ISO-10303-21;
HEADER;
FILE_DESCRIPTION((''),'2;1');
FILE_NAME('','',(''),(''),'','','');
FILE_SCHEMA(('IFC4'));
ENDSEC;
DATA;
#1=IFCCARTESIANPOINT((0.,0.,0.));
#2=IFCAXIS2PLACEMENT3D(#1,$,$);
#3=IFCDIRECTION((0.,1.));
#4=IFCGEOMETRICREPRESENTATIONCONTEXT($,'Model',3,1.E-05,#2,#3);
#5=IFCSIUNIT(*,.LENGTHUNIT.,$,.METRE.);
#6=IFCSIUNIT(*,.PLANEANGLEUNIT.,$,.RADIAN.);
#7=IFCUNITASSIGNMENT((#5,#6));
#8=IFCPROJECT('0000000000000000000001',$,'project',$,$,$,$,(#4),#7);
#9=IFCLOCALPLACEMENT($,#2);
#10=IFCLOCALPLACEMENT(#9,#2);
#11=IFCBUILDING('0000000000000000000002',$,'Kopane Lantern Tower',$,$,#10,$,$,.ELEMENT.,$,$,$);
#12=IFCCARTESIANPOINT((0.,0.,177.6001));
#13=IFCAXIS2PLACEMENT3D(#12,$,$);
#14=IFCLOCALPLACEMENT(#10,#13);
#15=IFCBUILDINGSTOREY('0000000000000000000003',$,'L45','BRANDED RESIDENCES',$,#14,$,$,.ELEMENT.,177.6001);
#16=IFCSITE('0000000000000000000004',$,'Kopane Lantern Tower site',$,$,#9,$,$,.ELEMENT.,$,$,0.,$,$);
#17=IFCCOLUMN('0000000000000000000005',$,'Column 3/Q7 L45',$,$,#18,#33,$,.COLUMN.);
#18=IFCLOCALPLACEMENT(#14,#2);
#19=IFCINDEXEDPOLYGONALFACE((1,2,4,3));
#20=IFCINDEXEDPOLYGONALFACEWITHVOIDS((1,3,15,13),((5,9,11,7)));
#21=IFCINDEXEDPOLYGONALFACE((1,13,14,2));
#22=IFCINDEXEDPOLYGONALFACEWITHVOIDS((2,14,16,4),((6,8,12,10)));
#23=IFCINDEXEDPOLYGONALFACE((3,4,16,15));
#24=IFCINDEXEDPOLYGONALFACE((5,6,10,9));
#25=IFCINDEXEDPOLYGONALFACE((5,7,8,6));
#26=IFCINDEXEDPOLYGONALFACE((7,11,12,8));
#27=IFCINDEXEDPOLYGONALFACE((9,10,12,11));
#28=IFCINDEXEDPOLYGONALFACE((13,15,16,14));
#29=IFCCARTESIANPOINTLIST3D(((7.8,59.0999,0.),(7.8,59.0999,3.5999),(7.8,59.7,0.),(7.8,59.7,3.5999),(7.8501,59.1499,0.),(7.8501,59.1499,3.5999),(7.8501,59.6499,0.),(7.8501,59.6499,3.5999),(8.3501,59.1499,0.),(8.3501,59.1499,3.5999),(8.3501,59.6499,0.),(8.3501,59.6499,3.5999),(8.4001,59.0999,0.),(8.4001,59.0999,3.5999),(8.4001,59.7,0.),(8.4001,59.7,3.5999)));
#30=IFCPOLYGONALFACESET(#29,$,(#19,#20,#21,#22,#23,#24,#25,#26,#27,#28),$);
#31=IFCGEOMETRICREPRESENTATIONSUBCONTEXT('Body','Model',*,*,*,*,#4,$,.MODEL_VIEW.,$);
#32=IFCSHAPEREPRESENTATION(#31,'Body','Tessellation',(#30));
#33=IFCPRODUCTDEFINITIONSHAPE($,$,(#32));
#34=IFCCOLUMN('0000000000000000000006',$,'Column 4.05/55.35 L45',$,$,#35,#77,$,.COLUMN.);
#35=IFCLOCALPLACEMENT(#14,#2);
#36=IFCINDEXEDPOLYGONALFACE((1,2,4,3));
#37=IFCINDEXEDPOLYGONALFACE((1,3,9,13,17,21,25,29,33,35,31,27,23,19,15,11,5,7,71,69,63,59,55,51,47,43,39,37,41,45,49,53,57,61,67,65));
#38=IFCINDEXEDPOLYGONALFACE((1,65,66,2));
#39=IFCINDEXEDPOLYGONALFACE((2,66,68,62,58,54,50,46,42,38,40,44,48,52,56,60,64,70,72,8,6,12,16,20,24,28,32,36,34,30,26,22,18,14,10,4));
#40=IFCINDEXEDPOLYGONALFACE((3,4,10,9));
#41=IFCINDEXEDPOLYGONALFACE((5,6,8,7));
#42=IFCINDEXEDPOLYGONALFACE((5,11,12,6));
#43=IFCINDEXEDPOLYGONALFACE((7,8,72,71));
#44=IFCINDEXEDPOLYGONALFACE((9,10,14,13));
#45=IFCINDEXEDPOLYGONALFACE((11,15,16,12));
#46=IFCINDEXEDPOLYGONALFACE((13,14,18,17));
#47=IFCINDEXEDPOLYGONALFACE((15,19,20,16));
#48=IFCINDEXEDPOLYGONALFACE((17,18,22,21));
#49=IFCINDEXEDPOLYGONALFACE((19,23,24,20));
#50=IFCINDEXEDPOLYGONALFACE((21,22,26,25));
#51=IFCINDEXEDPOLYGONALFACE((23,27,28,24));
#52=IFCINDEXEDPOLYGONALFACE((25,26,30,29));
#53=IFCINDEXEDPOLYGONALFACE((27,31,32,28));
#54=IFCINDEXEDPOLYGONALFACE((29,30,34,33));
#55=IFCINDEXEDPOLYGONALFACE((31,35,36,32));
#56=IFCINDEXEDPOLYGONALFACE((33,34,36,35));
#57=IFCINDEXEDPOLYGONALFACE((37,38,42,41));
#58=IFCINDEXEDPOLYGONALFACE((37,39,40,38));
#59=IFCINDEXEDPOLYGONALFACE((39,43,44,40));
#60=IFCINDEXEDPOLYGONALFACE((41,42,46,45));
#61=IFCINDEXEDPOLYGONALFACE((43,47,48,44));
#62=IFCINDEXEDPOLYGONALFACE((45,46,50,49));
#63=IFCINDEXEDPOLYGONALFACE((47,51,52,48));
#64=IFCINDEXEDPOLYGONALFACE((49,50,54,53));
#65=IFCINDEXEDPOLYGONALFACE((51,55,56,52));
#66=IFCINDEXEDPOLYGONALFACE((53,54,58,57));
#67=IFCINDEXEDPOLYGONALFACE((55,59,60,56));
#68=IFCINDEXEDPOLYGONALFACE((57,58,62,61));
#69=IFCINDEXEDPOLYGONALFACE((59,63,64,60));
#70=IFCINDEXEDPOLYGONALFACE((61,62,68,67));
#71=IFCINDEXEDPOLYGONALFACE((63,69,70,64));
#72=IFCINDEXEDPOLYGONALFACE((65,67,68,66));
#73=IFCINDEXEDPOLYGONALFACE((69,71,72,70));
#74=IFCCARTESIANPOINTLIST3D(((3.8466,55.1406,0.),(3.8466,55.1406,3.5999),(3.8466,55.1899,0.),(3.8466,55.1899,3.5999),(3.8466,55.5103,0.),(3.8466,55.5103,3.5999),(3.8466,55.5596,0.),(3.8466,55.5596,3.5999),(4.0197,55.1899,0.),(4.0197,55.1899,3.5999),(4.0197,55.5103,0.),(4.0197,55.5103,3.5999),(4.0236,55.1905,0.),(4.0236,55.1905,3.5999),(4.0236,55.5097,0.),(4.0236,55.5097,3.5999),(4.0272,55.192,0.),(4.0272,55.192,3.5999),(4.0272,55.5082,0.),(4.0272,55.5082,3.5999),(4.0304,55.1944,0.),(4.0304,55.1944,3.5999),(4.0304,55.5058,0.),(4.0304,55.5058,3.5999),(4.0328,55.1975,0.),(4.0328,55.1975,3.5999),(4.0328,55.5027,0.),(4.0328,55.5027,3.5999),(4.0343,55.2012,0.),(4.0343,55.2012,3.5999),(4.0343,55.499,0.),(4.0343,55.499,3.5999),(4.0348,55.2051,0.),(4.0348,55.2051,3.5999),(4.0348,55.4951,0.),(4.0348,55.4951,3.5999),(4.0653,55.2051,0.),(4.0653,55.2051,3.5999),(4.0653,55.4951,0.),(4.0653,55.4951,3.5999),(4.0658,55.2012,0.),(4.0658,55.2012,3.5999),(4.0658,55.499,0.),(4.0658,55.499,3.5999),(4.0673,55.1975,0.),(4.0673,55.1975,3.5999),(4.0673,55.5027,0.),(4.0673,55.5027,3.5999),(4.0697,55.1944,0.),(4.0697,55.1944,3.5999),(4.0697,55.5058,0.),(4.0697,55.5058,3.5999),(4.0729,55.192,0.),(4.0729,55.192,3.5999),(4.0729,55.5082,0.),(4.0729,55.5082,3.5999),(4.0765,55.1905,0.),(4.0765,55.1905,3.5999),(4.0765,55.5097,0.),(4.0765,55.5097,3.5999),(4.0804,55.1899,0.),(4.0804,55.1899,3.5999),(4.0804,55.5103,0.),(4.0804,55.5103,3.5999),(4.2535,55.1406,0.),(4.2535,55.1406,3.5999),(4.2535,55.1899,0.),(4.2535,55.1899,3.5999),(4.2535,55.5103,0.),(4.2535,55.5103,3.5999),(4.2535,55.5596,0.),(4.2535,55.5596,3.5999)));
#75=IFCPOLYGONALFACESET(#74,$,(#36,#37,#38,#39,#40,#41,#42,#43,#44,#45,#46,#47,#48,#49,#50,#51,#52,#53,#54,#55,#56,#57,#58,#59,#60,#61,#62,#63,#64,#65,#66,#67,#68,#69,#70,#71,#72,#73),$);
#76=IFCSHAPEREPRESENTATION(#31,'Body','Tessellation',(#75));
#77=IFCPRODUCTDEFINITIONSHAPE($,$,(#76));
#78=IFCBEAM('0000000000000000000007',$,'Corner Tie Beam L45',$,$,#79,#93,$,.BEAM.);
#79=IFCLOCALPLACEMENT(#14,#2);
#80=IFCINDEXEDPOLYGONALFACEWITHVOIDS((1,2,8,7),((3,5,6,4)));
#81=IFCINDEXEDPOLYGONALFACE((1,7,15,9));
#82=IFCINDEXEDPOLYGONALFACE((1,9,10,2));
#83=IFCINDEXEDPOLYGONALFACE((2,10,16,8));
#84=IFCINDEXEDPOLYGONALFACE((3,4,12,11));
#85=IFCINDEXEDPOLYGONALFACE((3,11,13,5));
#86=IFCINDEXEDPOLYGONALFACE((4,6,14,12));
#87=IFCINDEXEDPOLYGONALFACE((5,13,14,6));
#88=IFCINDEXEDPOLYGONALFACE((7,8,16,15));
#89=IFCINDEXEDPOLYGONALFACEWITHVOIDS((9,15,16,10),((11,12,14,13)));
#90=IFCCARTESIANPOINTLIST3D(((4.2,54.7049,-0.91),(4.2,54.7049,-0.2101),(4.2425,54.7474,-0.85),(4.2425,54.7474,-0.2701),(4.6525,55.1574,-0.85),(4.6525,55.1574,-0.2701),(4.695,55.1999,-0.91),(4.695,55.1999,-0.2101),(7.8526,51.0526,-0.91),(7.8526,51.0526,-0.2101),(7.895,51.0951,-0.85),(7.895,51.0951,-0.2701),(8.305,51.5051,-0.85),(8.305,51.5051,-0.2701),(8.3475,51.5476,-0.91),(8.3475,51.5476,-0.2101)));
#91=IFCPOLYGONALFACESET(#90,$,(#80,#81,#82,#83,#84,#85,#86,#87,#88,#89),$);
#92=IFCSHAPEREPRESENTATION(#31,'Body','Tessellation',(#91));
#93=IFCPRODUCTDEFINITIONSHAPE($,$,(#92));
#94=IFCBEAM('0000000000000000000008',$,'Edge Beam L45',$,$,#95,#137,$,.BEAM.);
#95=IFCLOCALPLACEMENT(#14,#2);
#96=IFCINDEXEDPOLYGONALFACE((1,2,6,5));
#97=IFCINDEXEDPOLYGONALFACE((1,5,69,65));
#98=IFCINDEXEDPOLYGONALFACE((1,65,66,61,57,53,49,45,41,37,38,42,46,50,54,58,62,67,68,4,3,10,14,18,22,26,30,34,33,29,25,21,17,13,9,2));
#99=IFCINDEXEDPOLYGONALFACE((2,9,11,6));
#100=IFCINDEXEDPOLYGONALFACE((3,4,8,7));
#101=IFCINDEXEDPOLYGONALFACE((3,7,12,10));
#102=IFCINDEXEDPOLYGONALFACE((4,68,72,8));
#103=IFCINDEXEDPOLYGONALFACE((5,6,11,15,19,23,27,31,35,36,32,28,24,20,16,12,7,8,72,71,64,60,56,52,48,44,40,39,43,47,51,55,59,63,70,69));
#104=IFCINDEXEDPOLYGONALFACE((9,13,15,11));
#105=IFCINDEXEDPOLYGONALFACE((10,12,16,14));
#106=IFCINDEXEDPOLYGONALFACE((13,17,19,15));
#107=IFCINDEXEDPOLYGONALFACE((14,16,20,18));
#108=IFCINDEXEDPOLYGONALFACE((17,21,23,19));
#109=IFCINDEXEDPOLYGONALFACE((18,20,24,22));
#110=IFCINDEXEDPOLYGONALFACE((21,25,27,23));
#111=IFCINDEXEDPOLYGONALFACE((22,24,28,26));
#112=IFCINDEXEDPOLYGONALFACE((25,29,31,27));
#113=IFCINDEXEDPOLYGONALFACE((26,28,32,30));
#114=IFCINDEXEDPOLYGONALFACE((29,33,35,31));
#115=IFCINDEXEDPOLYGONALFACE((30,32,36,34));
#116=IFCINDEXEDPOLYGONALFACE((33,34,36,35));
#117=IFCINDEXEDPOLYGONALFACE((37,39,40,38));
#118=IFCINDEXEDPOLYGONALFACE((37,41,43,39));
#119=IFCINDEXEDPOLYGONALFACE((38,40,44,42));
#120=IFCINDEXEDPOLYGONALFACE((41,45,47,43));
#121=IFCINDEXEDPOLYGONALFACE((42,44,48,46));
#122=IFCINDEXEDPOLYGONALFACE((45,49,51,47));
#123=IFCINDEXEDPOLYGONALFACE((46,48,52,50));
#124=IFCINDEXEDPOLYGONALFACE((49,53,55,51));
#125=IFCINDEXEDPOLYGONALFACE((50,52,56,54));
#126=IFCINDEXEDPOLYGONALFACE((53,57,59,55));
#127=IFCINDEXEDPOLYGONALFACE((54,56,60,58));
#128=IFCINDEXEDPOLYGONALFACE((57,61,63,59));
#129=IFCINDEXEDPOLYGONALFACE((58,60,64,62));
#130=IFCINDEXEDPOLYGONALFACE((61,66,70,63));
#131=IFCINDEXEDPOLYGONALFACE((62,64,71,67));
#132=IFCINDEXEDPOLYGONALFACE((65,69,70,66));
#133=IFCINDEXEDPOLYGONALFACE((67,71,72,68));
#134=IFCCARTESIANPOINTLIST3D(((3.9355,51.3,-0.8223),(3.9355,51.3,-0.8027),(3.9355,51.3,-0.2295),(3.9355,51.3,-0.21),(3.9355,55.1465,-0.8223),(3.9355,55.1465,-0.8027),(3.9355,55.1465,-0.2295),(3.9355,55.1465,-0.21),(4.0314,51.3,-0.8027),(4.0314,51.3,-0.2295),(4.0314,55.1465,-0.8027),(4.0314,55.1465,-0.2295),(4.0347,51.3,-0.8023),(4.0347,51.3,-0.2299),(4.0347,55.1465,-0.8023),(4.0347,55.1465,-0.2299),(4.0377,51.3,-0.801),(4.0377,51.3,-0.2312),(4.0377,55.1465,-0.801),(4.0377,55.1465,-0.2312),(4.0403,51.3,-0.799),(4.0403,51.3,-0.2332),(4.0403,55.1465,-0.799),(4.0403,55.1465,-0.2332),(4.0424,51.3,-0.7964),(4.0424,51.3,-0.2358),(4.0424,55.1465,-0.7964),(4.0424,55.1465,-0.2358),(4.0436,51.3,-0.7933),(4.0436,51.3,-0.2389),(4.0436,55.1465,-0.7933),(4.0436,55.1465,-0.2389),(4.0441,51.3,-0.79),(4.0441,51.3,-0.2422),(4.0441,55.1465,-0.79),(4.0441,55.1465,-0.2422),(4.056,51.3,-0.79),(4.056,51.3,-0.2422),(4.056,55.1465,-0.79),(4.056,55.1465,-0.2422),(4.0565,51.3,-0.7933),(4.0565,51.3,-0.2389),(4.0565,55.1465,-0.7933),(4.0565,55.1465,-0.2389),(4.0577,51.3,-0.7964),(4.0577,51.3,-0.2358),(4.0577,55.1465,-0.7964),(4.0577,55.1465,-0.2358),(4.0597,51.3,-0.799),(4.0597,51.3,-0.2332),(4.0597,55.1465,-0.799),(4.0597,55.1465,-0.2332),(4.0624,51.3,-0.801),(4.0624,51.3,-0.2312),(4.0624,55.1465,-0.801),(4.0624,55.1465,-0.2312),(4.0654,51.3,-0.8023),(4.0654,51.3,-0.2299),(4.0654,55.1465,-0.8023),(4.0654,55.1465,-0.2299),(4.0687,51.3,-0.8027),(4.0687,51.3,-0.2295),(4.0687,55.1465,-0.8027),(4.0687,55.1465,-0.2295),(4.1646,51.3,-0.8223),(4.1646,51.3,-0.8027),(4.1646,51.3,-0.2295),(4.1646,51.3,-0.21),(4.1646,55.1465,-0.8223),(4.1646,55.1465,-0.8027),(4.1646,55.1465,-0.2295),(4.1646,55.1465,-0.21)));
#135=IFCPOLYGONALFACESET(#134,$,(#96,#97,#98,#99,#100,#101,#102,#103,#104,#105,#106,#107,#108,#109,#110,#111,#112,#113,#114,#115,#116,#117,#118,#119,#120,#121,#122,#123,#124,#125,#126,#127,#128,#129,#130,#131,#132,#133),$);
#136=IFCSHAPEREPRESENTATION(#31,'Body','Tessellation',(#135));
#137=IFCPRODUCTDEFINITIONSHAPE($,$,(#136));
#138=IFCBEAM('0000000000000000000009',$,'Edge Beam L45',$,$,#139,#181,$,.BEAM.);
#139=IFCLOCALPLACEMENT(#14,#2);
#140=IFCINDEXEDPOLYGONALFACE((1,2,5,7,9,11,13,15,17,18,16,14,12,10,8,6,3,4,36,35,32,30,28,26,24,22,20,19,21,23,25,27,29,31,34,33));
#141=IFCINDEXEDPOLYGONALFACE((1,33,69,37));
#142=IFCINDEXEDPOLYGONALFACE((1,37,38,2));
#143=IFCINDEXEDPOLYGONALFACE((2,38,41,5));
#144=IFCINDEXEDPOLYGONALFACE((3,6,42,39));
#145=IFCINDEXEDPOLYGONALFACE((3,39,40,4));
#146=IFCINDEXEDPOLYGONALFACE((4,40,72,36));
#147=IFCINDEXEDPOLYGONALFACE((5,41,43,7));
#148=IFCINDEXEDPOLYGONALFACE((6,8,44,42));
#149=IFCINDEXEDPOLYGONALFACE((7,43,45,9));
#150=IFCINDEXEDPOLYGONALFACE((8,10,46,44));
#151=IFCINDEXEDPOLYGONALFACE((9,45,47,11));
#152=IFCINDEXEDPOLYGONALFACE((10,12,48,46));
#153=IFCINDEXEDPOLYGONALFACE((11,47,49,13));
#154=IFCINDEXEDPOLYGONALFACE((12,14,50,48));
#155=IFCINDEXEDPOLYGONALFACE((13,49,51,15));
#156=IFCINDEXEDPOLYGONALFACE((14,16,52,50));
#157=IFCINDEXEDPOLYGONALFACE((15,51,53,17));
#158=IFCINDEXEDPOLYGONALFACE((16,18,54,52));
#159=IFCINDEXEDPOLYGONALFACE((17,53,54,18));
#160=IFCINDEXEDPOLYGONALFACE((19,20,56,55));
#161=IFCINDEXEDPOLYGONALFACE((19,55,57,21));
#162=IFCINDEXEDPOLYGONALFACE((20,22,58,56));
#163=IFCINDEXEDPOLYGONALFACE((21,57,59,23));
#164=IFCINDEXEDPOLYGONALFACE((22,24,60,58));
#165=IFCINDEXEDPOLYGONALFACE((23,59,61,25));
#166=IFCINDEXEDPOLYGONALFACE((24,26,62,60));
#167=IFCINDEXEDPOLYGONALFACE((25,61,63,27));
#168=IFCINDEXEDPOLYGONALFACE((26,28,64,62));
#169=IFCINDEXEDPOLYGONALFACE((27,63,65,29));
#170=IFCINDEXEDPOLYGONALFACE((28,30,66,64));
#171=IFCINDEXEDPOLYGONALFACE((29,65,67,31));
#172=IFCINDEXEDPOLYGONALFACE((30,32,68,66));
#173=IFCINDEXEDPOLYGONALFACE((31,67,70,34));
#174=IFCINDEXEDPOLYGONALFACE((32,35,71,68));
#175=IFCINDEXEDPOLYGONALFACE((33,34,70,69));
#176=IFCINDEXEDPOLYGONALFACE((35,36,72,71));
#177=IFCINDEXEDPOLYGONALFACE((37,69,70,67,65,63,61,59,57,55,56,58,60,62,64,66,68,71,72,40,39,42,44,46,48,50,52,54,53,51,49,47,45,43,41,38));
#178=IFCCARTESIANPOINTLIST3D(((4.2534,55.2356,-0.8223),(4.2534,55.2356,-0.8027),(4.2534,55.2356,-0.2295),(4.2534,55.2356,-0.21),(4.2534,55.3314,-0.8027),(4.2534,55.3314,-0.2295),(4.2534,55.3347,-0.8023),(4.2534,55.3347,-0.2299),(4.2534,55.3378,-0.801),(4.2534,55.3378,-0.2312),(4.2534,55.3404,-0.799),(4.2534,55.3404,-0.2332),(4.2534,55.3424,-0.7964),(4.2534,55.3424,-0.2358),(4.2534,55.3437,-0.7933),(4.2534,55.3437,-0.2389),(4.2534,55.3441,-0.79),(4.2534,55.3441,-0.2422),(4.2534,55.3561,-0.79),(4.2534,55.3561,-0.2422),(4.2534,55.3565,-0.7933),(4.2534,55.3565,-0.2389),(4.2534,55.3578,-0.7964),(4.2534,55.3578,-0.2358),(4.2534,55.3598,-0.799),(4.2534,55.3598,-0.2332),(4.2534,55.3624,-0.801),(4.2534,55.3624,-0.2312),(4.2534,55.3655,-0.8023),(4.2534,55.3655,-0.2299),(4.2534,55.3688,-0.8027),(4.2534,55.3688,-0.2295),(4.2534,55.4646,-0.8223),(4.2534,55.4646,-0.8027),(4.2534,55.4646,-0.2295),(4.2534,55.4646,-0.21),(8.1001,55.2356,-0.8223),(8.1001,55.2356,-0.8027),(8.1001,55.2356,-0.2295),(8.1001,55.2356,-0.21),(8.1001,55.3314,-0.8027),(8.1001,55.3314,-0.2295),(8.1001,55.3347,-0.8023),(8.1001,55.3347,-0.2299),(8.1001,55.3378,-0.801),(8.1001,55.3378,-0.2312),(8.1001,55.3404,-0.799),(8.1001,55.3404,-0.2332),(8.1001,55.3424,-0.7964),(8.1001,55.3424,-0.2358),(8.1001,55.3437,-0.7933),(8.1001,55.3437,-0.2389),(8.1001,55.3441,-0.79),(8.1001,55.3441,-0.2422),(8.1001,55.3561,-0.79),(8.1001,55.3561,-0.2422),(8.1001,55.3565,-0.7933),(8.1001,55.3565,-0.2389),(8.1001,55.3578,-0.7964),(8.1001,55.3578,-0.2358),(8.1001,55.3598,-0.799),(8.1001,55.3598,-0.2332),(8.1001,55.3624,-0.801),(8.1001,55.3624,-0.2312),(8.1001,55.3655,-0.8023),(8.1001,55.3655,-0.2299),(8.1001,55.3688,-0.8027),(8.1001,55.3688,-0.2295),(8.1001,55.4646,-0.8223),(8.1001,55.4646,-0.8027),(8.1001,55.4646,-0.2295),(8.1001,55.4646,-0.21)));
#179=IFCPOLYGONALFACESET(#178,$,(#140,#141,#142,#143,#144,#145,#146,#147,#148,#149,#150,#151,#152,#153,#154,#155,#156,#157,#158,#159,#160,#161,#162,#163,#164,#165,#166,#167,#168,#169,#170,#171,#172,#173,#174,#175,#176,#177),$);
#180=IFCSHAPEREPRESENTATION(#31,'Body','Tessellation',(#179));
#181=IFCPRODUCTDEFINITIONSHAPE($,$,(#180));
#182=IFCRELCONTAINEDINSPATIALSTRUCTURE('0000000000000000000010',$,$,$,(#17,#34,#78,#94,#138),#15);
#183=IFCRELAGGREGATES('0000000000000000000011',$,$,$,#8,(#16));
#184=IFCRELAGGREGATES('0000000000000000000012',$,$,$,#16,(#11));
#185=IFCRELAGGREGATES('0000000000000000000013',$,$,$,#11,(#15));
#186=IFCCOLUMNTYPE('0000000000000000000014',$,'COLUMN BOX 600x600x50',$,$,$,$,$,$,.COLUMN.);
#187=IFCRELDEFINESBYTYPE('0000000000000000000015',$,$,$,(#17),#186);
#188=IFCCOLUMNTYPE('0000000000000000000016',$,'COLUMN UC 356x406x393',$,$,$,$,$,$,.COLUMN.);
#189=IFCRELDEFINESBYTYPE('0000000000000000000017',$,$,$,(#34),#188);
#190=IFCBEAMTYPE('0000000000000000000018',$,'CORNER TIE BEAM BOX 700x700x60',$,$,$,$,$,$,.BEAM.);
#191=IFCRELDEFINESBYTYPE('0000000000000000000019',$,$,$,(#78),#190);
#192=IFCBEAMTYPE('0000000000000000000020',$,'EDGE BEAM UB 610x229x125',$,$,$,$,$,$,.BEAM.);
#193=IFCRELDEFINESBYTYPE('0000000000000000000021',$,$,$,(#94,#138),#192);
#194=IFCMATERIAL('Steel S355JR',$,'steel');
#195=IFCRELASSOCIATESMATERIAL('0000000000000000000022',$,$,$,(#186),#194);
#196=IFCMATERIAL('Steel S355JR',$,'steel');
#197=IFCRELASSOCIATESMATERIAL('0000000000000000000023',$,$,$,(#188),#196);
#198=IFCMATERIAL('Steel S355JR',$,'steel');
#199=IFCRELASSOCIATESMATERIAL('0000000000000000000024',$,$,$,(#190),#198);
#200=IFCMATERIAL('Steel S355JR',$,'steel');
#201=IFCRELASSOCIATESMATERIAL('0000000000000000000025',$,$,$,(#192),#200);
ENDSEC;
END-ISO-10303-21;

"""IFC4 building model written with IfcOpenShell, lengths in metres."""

from ifc_helpers import new_model, si_unit, direction, frame, origin, origin_2d, place, context, subcontext, project, spatial, hollow_rectangle, i_section, extrude, material, material_profile, profile_set, type_object, element, save


model = new_model("IFC4")

# Units and contexts
model_context = context("Model", 3, precision=1e-05, world=origin(), true_north=direction((0.0, 1.0)))
body_context = subcontext(model_context, "Body", "Model", "MODEL_VIEW")
ifc_project = project(units=[si_unit("LENGTHUNIT", "METRE"), si_unit("PLANEANGLEUNIT", "RADIAN")], contexts=[model_context])

# Site, building, storey
site_placement = place(None, origin())
site = spatial("IfcSite", under=ifc_project, at=site_placement, Name="Kopane Lantern Tower site", CompositionType="ELEMENT", RefElevation=0.0)
building_placement = place(site_placement, origin())
building = spatial("IfcBuilding", under=site, at=building_placement, Name="Kopane Lantern Tower", CompositionType="ELEMENT")
storey_placement = place(building_placement, frame((0.0, 0.0, 177.6001)))
storey = spatial("IfcBuildingStorey", under=building, at=storey_placement, Name="L45", Description="BRANDED RESIDENCES", CompositionType="ELEMENT", Elevation=177.6001)

# Columns
ifc_material_1 = material(Name="Steel S355JR", Category="steel")
ifc_material_profile_1 = material_profile(ifc_material_1, hollow_rectangle(XDim=0.6001, YDim=0.6001, WallThickness=0.05, at=origin_2d()), Name="BOX 600x600x50")
ifc_profile_set_1 = profile_set([ifc_material_profile_1], Name="Steel S355JR")
column_type_1 = type_object("IfcColumnType", Name="COLUMN BOX 600x600x50", PredefinedType="COLUMN", material=ifc_profile_set_1)
column_1_placement = place(storey_placement, frame((8.1001, 59.3999, 0.0), z_axis=(0.0, 0.0, 1.0), x_axis=(1.0, 0.0, 0.0)))
element("IfcColumn", 1, at=column_1_placement, inside=storey, type_object=column_type_1, Name="Column 3/Q7 L45", PredefinedType="COLUMN", context=body_context, shape_type="SweptSolid", body=[
    extrude(hollow_rectangle(XDim=0.6001, YDim=0.6001, WallThickness=0.05, at=origin_2d()), origin(), (0.0, 0.0, 1.0), 3.5999),
])
ifc_material_2 = material(Name="Steel S355JR", Category="steel")
ifc_material_profile_2 = material_profile(ifc_material_2, i_section(OverallWidth=0.407, OverallDepth=0.4189, WebThickness=0.0305, FlangeThickness=0.0493, FilletRadius=0.0151, at=origin_2d()), Name="UC 356x406x393")
ifc_profile_set_2 = profile_set([ifc_material_profile_2], Name="Steel S355JR")
column_type_2 = type_object("IfcColumnType", Name="COLUMN UC 356x406x393", PredefinedType="COLUMN", material=ifc_profile_set_2)
column_2_placement = place(storey_placement, frame((4.05, 55.3501, 0.0), z_axis=(0.0, 0.0, 1.0), x_axis=(1.0, 0.0, 0.0)))
element("IfcColumn", 2, at=column_2_placement, inside=storey, type_object=column_type_2, Name="Column 4.05/55.35 L45", PredefinedType="COLUMN", context=body_context, shape_type="SweptSolid", body=[
    extrude(i_section(OverallWidth=0.407, OverallDepth=0.4189, WebThickness=0.0305, FlangeThickness=0.0493, FilletRadius=0.0151, at=origin_2d()), origin(), (0.0, 0.0, 1.0), 3.5999),
])

# Beams
ifc_material_3 = material(Name="Steel S355JR", Category="steel")
ifc_material_profile_3 = material_profile(ifc_material_3, hollow_rectangle(XDim=0.7, YDim=0.7, WallThickness=0.0601, at=origin_2d()), Name="BOX 700x700x60")
ifc_profile_set_3 = profile_set([ifc_material_profile_3], Name="Steel S355JR")
beam_type_1 = type_object("IfcBeamType", Name="CORNER TIE BEAM BOX 700x700x60", PredefinedType="BEAM", material=ifc_profile_set_3)
beam_1_placement = place(storey_placement, frame((4.4475, 54.9524, -0.5601), z_axis=(0.70713, -0.707083, 0.0), x_axis=(0.707083, 0.70713, 0.0)))
element("IfcBeam", 3, at=beam_1_placement, inside=storey, type_object=beam_type_1, Name="Corner Tie Beam L45", PredefinedType="BEAM", context=body_context, shape_type="SweptSolid", body=[
    extrude(hollow_rectangle(XDim=0.7, YDim=0.7, WallThickness=0.0601, at=origin_2d()), origin(), (0.0, 0.0, 1.0), 5.1653),
])
ifc_material_4 = material(Name="Steel S355JR", Category="steel")
ifc_material_profile_4 = material_profile(ifc_material_4, i_section(OverallWidth=0.229, OverallDepth=0.6123, WebThickness=0.012, FlangeThickness=0.0195, FilletRadius=0.0127, at=origin_2d()), Name="UB 610x229x125")
ifc_profile_set_4 = profile_set([ifc_material_profile_4], Name="Steel S355JR")
beam_type_2 = type_object("IfcBeamType", Name="EDGE BEAM UB 610x229x125", PredefinedType="BEAM", material=ifc_profile_set_4)
beam_2_placement = place(storey_placement, frame((4.05, 55.1465, -0.5161), z_axis=(0.0, -1.0, 0.0), x_axis=(1.0, 0.0, 0.0)))
element("IfcBeam", 4, at=beam_2_placement, inside=storey, type_object=beam_type_2, Name="Edge Beam L45", PredefinedType="BEAM", context=body_context, shape_type="SweptSolid", body=[
    extrude(i_section(OverallWidth=0.229, OverallDepth=0.6123, WebThickness=0.012, FlangeThickness=0.0195, FilletRadius=0.0127, at=origin_2d()), origin(), (0.0, 0.0, 1.0), 3.8464),
])
beam_3_placement = place(storey_placement, frame((4.2534, 55.3501, -0.5161), z_axis=(1.0, 0.0, 0.0), x_axis=(0.0, 1.0, 0.0)))
element("IfcBeam", 5, at=beam_3_placement, inside=storey, type_object=beam_type_2, Name="Edge Beam L45", PredefinedType="BEAM", context=body_context, shape_type="SweptSolid", body=[
    extrude(i_section(OverallWidth=0.229, OverallDepth=0.6123, WebThickness=0.012, FlangeThickness=0.0195, FilletRadius=0.0127, at=origin_2d()), origin(), (0.0, 0.0, 1.0), 3.8467),
])

save(model, "model.ifc")
